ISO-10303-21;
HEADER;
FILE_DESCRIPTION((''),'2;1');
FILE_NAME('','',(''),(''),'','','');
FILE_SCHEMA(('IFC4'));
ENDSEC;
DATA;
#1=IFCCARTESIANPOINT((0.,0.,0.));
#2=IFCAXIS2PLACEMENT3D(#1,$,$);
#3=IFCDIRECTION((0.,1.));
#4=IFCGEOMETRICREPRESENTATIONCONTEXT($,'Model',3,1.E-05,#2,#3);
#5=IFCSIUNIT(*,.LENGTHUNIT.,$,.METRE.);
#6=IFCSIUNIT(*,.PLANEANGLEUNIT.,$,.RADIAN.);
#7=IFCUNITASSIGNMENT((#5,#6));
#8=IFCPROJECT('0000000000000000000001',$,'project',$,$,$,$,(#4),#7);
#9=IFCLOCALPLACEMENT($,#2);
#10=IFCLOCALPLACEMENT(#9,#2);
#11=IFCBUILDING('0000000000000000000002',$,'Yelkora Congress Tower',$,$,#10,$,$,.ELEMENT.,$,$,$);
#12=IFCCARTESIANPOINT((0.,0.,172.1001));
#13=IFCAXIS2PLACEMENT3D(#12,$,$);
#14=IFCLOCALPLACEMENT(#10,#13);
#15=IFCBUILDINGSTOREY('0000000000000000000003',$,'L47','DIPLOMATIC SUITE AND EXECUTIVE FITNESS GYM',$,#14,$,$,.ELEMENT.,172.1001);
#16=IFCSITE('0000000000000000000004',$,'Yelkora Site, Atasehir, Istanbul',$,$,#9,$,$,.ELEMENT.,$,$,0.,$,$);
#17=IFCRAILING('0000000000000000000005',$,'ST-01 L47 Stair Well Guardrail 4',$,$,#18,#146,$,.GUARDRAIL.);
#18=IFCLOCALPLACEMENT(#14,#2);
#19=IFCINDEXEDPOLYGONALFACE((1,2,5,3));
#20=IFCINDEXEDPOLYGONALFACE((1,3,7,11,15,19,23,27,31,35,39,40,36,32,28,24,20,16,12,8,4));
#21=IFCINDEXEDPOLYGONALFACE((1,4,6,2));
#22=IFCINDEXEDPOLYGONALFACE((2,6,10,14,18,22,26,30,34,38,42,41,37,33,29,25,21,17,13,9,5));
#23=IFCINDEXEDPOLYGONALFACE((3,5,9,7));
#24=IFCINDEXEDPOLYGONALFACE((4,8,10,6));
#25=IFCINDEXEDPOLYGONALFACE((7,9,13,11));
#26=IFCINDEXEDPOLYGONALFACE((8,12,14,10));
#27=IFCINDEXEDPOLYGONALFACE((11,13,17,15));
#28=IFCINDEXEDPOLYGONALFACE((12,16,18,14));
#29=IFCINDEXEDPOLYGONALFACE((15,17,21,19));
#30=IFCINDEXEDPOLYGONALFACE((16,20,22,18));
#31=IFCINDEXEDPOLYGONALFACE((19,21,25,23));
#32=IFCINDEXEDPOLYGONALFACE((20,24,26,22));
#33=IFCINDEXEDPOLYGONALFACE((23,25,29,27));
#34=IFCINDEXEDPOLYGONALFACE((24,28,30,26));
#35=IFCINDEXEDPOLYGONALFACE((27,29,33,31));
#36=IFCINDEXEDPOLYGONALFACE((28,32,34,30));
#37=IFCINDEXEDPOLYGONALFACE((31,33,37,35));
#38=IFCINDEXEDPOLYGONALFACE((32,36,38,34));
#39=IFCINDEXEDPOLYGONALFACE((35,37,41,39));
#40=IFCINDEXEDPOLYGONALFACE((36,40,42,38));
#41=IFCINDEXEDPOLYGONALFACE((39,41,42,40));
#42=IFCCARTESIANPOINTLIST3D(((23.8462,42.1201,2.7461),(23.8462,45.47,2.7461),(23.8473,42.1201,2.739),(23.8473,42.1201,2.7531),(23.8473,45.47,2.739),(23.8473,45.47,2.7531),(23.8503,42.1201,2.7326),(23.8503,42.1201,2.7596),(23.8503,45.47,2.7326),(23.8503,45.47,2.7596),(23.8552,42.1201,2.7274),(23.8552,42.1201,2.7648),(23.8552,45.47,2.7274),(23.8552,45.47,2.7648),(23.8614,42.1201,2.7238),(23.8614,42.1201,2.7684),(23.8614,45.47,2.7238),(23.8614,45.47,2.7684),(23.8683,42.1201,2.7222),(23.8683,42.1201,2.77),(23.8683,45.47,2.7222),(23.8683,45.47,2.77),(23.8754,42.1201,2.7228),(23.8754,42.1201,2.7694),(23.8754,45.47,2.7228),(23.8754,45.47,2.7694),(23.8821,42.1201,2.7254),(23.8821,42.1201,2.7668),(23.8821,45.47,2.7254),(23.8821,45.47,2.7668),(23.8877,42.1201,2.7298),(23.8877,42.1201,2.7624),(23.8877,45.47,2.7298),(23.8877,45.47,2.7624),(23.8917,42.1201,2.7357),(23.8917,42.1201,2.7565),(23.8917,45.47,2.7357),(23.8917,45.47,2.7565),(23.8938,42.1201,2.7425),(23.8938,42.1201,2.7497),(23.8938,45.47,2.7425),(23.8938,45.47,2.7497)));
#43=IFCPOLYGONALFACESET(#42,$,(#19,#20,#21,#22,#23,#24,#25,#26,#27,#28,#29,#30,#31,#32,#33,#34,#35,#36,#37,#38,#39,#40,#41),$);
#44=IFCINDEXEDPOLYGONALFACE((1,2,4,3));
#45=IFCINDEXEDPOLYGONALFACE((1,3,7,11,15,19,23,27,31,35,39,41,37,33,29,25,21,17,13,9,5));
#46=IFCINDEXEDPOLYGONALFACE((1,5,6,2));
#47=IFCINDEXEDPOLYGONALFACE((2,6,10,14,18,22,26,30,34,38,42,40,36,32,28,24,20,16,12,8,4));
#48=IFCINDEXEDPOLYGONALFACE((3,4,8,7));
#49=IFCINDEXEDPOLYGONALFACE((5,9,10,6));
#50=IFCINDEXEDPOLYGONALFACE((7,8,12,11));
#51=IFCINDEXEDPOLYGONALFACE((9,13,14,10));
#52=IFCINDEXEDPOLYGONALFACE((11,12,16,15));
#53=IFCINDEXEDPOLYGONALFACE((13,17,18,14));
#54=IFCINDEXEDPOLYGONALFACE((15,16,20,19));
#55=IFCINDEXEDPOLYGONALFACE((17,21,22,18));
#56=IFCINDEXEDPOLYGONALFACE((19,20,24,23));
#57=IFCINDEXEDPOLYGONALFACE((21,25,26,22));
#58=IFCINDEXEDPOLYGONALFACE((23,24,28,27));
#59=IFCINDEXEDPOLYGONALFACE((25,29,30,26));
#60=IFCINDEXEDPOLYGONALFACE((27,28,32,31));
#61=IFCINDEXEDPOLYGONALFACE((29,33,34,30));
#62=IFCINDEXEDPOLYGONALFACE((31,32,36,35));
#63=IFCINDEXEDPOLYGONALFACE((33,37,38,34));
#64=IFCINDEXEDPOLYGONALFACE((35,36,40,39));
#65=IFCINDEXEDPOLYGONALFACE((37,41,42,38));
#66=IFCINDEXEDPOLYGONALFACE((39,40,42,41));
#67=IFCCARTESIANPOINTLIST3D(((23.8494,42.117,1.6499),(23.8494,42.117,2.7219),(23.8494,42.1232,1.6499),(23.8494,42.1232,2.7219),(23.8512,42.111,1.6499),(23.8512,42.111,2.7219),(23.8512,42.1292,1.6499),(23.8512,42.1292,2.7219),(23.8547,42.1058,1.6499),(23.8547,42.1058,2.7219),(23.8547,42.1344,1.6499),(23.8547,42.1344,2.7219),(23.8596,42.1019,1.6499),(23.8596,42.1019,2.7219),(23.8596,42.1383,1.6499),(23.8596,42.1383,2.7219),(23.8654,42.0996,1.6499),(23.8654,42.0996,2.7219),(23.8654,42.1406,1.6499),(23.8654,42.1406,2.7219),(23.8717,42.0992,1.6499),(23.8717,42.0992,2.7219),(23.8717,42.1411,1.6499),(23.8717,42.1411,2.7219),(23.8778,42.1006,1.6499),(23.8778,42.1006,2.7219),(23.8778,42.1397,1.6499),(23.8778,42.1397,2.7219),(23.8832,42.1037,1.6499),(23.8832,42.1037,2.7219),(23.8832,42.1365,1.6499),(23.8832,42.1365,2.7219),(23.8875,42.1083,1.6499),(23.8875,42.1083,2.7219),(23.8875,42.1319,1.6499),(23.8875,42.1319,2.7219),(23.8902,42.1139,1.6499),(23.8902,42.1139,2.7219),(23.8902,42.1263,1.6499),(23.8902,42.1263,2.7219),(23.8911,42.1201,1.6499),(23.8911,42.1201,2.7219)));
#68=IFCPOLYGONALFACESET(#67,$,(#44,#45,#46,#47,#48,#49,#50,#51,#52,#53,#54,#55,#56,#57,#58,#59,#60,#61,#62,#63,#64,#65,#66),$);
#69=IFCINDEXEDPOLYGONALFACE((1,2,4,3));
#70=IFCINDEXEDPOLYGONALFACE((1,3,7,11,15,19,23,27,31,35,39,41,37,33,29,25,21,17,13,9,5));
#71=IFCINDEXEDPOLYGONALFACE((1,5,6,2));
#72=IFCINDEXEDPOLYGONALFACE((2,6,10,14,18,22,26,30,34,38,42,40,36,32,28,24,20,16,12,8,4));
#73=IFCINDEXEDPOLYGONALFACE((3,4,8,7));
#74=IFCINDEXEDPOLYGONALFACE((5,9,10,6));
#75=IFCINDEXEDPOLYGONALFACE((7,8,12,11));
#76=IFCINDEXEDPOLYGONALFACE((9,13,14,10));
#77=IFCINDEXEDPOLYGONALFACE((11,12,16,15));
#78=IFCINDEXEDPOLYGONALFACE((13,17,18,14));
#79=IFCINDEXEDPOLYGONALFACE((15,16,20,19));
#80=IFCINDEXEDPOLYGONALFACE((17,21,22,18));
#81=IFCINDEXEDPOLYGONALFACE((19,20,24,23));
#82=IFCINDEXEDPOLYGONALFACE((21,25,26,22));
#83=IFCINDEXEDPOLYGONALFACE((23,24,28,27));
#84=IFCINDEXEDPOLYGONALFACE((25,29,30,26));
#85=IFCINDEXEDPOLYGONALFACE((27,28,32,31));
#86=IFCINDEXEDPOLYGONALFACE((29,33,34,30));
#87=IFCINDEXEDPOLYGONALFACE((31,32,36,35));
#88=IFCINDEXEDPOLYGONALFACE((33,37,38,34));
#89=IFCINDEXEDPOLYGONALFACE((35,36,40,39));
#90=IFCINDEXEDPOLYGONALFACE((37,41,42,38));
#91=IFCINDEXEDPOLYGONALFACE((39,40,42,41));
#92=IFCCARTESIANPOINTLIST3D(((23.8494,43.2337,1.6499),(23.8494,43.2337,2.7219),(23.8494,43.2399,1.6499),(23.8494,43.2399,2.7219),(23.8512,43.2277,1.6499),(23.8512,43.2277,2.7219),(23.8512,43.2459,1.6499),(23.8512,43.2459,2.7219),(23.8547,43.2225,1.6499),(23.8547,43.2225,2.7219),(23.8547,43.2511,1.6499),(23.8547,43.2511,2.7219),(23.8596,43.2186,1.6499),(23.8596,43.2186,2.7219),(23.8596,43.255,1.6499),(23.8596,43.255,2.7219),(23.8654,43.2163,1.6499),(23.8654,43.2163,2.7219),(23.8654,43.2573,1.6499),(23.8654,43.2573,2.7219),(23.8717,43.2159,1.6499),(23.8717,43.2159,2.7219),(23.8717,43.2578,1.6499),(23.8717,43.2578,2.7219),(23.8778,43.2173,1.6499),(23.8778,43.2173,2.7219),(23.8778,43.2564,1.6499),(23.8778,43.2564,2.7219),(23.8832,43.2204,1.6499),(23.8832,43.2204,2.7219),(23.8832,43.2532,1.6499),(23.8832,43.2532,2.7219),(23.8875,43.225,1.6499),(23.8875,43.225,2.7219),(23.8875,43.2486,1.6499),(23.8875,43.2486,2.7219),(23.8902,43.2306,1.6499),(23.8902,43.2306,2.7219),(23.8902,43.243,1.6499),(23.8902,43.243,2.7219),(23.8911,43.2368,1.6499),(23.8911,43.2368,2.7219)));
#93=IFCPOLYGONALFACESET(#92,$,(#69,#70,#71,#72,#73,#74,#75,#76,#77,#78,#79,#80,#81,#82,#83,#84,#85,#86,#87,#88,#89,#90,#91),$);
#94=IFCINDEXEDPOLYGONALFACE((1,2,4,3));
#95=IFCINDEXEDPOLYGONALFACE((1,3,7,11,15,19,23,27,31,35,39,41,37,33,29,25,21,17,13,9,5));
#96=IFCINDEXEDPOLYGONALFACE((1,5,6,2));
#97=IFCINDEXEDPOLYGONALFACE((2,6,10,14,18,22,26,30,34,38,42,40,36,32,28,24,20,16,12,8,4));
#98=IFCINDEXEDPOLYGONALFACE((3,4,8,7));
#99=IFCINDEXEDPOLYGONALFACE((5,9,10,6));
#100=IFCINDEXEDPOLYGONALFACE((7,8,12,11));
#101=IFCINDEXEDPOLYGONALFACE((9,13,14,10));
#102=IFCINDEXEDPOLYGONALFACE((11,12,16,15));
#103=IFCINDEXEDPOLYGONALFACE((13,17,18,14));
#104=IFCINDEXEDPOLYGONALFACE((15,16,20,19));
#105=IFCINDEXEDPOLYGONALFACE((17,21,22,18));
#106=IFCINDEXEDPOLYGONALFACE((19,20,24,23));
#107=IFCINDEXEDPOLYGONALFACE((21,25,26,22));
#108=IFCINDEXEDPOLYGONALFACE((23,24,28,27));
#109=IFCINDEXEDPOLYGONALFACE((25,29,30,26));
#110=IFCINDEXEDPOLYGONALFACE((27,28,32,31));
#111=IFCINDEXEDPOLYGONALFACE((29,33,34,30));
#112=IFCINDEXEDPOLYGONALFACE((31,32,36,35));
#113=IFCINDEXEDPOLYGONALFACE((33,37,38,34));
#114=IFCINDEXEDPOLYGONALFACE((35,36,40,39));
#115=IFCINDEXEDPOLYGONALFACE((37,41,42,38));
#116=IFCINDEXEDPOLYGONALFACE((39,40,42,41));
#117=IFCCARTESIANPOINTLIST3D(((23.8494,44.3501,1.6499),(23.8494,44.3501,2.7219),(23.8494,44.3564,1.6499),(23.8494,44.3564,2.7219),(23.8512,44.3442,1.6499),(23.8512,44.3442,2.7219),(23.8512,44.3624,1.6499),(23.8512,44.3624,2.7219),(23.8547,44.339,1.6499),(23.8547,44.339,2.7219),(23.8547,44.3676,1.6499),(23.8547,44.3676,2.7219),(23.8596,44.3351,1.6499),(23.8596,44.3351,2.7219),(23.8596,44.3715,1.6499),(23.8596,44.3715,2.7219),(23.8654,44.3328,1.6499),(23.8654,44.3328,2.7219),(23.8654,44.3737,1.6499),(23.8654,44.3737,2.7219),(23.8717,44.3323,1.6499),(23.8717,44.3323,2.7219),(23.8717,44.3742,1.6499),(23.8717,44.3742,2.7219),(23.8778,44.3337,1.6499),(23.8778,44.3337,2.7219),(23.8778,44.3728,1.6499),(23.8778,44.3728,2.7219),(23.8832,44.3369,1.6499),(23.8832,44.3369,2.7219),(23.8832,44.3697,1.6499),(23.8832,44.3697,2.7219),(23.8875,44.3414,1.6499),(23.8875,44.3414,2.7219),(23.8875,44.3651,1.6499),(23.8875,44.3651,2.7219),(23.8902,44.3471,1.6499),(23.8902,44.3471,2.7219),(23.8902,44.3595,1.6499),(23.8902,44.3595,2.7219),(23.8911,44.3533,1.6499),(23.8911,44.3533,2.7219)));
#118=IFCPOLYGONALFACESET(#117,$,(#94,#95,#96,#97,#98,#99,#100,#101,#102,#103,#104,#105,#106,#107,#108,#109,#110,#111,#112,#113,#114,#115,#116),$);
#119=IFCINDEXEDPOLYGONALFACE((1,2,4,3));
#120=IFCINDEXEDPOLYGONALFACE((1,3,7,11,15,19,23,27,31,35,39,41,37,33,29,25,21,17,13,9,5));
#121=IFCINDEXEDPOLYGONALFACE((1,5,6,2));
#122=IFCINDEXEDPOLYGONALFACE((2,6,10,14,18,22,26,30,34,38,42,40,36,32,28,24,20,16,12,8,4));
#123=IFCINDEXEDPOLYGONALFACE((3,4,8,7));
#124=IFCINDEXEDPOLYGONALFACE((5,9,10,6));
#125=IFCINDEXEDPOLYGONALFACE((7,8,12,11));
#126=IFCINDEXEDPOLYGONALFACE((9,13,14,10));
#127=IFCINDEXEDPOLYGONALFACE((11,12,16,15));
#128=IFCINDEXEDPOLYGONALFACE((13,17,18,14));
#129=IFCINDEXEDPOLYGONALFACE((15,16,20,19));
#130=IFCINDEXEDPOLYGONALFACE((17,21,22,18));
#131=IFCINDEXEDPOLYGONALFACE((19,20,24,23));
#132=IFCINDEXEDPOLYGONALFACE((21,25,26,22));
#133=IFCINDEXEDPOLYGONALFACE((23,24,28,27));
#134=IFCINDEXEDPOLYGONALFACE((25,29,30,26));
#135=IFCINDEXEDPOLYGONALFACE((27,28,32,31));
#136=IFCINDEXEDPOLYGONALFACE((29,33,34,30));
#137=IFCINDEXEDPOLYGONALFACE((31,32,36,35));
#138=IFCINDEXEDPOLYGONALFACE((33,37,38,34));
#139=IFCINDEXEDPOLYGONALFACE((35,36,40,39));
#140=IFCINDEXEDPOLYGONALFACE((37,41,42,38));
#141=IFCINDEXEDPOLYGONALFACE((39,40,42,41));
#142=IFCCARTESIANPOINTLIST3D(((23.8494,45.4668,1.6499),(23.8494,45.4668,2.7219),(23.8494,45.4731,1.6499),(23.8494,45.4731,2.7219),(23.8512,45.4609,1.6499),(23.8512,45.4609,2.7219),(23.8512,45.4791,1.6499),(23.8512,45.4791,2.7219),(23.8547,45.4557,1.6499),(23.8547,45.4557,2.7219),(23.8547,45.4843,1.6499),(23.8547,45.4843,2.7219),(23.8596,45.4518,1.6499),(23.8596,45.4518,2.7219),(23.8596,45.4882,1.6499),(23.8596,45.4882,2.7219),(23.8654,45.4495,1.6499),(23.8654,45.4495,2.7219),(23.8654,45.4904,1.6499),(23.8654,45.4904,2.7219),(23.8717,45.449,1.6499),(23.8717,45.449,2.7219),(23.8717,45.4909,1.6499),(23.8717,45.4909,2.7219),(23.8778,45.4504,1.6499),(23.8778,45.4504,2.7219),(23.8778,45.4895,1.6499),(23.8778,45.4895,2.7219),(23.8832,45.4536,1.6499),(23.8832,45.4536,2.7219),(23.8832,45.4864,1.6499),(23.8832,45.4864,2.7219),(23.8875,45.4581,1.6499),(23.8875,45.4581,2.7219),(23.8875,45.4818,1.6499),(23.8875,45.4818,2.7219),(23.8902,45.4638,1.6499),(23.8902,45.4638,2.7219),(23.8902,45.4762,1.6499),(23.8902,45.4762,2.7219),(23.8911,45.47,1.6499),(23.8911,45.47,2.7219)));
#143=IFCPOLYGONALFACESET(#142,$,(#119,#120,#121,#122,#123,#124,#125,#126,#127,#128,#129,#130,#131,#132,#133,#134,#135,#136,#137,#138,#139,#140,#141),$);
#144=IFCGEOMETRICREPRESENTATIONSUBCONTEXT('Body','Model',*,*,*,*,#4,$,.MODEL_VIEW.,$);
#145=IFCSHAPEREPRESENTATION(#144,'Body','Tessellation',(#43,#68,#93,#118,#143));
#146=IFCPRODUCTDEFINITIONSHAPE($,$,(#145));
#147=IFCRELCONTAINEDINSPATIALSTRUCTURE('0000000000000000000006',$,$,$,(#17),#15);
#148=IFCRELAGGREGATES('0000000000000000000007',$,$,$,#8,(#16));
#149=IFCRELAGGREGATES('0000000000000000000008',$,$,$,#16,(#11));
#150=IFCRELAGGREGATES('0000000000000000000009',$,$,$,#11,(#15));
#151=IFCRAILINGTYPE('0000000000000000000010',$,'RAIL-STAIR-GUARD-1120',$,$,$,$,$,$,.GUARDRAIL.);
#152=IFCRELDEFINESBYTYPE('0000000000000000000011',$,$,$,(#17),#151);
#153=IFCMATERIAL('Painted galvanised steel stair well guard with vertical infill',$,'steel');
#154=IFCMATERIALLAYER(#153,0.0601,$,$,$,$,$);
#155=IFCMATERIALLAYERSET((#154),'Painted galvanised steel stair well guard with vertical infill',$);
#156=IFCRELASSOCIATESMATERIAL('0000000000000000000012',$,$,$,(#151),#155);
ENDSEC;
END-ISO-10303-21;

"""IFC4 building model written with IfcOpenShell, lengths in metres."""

from ifc_helpers import new_model, si_unit, direction, frame, origin, origin_2d, place, context, subcontext, project, spatial, circle, extrude, material, layer, layer_set, type_object, element, save


model = new_model("IFC4")

# Units and contexts
model_context = context("Model", 3, precision=1e-05, world=origin(), true_north=direction((0.0, 1.0)))
body_context = subcontext(model_context, "Body", "Model", "MODEL_VIEW")
ifc_project = project(units=[si_unit("LENGTHUNIT", "METRE"), si_unit("PLANEANGLEUNIT", "RADIAN")], contexts=[model_context])

# Site, building, storey
site_placement = place(None, origin())
site = spatial("IfcSite", under=ifc_project, at=site_placement, Name="Yelkora Site, Atasehir, Istanbul", CompositionType="ELEMENT", RefElevation=0.0)
building_placement = place(site_placement, origin())
building = spatial("IfcBuilding", under=site, at=building_placement, Name="Yelkora Congress Tower", CompositionType="ELEMENT")
storey_placement = place(building_placement, frame((0.0, 0.0, 172.1001)))
storey = spatial("IfcBuildingStorey", under=building, at=storey_placement, Name="L47", Description="DIPLOMATIC SUITE AND EXECUTIVE FITNESS GYM", CompositionType="ELEMENT", Elevation=172.1001)

# Railing
ifc_material_1 = material(Name="Painted galvanised steel stair well guard with vertical infill", Category="steel")
ifc_layer_1 = layer(ifc_material_1, 0.0601)
ifc_layer_set_1 = layer_set([ifc_layer_1], Name="Painted galvanised steel stair well guard with vertical infill")
railing_type = type_object("IfcRailingType", Name="RAIL-STAIR-GUARD-1120", PredefinedType="GUARDRAIL", material=ifc_layer_set_1)
for number, where, name in (
    (1, (23.8701, 42.1201, 1.6499), "ST-01 L47 Stair Well Guardrail 4"),
):
    element("IfcRailing", number, at=place(storey_placement, frame(where)), inside=storey, type_object=railing_type, Name=name, PredefinedType="GUARDRAIL", context=body_context, shape_type="SweptSolid", body=[
        extrude(circle(Radius=0.0239, at=origin_2d()), frame((0.0, 0.0, 1.0962), z_axis=(0.0, 1.0, 0.0), x_axis=(-1.0, 0.0, 0.0)), (0.0, 0.0, 1.0), 3.3499),
        extrude(circle(Radius=0.021, at=origin_2d()), origin(), (0.0, 0.0, 1.0), 1.072),
        extrude(circle(Radius=0.021, at=origin_2d()), frame((0.0, 1.1167, 0.0)), (0.0, 0.0, 1.0), 1.072),
        extrude(circle(Radius=0.021, at=origin_2d()), frame((0.0, 2.2332, 0.0)), (0.0, 0.0, 1.0), 1.072),
        extrude(circle(Radius=0.021, at=origin_2d()), frame((0.0, 3.3499, 0.0)), (0.0, 0.0, 1.0), 1.072),
    ])

save(model, "model.ifc")
